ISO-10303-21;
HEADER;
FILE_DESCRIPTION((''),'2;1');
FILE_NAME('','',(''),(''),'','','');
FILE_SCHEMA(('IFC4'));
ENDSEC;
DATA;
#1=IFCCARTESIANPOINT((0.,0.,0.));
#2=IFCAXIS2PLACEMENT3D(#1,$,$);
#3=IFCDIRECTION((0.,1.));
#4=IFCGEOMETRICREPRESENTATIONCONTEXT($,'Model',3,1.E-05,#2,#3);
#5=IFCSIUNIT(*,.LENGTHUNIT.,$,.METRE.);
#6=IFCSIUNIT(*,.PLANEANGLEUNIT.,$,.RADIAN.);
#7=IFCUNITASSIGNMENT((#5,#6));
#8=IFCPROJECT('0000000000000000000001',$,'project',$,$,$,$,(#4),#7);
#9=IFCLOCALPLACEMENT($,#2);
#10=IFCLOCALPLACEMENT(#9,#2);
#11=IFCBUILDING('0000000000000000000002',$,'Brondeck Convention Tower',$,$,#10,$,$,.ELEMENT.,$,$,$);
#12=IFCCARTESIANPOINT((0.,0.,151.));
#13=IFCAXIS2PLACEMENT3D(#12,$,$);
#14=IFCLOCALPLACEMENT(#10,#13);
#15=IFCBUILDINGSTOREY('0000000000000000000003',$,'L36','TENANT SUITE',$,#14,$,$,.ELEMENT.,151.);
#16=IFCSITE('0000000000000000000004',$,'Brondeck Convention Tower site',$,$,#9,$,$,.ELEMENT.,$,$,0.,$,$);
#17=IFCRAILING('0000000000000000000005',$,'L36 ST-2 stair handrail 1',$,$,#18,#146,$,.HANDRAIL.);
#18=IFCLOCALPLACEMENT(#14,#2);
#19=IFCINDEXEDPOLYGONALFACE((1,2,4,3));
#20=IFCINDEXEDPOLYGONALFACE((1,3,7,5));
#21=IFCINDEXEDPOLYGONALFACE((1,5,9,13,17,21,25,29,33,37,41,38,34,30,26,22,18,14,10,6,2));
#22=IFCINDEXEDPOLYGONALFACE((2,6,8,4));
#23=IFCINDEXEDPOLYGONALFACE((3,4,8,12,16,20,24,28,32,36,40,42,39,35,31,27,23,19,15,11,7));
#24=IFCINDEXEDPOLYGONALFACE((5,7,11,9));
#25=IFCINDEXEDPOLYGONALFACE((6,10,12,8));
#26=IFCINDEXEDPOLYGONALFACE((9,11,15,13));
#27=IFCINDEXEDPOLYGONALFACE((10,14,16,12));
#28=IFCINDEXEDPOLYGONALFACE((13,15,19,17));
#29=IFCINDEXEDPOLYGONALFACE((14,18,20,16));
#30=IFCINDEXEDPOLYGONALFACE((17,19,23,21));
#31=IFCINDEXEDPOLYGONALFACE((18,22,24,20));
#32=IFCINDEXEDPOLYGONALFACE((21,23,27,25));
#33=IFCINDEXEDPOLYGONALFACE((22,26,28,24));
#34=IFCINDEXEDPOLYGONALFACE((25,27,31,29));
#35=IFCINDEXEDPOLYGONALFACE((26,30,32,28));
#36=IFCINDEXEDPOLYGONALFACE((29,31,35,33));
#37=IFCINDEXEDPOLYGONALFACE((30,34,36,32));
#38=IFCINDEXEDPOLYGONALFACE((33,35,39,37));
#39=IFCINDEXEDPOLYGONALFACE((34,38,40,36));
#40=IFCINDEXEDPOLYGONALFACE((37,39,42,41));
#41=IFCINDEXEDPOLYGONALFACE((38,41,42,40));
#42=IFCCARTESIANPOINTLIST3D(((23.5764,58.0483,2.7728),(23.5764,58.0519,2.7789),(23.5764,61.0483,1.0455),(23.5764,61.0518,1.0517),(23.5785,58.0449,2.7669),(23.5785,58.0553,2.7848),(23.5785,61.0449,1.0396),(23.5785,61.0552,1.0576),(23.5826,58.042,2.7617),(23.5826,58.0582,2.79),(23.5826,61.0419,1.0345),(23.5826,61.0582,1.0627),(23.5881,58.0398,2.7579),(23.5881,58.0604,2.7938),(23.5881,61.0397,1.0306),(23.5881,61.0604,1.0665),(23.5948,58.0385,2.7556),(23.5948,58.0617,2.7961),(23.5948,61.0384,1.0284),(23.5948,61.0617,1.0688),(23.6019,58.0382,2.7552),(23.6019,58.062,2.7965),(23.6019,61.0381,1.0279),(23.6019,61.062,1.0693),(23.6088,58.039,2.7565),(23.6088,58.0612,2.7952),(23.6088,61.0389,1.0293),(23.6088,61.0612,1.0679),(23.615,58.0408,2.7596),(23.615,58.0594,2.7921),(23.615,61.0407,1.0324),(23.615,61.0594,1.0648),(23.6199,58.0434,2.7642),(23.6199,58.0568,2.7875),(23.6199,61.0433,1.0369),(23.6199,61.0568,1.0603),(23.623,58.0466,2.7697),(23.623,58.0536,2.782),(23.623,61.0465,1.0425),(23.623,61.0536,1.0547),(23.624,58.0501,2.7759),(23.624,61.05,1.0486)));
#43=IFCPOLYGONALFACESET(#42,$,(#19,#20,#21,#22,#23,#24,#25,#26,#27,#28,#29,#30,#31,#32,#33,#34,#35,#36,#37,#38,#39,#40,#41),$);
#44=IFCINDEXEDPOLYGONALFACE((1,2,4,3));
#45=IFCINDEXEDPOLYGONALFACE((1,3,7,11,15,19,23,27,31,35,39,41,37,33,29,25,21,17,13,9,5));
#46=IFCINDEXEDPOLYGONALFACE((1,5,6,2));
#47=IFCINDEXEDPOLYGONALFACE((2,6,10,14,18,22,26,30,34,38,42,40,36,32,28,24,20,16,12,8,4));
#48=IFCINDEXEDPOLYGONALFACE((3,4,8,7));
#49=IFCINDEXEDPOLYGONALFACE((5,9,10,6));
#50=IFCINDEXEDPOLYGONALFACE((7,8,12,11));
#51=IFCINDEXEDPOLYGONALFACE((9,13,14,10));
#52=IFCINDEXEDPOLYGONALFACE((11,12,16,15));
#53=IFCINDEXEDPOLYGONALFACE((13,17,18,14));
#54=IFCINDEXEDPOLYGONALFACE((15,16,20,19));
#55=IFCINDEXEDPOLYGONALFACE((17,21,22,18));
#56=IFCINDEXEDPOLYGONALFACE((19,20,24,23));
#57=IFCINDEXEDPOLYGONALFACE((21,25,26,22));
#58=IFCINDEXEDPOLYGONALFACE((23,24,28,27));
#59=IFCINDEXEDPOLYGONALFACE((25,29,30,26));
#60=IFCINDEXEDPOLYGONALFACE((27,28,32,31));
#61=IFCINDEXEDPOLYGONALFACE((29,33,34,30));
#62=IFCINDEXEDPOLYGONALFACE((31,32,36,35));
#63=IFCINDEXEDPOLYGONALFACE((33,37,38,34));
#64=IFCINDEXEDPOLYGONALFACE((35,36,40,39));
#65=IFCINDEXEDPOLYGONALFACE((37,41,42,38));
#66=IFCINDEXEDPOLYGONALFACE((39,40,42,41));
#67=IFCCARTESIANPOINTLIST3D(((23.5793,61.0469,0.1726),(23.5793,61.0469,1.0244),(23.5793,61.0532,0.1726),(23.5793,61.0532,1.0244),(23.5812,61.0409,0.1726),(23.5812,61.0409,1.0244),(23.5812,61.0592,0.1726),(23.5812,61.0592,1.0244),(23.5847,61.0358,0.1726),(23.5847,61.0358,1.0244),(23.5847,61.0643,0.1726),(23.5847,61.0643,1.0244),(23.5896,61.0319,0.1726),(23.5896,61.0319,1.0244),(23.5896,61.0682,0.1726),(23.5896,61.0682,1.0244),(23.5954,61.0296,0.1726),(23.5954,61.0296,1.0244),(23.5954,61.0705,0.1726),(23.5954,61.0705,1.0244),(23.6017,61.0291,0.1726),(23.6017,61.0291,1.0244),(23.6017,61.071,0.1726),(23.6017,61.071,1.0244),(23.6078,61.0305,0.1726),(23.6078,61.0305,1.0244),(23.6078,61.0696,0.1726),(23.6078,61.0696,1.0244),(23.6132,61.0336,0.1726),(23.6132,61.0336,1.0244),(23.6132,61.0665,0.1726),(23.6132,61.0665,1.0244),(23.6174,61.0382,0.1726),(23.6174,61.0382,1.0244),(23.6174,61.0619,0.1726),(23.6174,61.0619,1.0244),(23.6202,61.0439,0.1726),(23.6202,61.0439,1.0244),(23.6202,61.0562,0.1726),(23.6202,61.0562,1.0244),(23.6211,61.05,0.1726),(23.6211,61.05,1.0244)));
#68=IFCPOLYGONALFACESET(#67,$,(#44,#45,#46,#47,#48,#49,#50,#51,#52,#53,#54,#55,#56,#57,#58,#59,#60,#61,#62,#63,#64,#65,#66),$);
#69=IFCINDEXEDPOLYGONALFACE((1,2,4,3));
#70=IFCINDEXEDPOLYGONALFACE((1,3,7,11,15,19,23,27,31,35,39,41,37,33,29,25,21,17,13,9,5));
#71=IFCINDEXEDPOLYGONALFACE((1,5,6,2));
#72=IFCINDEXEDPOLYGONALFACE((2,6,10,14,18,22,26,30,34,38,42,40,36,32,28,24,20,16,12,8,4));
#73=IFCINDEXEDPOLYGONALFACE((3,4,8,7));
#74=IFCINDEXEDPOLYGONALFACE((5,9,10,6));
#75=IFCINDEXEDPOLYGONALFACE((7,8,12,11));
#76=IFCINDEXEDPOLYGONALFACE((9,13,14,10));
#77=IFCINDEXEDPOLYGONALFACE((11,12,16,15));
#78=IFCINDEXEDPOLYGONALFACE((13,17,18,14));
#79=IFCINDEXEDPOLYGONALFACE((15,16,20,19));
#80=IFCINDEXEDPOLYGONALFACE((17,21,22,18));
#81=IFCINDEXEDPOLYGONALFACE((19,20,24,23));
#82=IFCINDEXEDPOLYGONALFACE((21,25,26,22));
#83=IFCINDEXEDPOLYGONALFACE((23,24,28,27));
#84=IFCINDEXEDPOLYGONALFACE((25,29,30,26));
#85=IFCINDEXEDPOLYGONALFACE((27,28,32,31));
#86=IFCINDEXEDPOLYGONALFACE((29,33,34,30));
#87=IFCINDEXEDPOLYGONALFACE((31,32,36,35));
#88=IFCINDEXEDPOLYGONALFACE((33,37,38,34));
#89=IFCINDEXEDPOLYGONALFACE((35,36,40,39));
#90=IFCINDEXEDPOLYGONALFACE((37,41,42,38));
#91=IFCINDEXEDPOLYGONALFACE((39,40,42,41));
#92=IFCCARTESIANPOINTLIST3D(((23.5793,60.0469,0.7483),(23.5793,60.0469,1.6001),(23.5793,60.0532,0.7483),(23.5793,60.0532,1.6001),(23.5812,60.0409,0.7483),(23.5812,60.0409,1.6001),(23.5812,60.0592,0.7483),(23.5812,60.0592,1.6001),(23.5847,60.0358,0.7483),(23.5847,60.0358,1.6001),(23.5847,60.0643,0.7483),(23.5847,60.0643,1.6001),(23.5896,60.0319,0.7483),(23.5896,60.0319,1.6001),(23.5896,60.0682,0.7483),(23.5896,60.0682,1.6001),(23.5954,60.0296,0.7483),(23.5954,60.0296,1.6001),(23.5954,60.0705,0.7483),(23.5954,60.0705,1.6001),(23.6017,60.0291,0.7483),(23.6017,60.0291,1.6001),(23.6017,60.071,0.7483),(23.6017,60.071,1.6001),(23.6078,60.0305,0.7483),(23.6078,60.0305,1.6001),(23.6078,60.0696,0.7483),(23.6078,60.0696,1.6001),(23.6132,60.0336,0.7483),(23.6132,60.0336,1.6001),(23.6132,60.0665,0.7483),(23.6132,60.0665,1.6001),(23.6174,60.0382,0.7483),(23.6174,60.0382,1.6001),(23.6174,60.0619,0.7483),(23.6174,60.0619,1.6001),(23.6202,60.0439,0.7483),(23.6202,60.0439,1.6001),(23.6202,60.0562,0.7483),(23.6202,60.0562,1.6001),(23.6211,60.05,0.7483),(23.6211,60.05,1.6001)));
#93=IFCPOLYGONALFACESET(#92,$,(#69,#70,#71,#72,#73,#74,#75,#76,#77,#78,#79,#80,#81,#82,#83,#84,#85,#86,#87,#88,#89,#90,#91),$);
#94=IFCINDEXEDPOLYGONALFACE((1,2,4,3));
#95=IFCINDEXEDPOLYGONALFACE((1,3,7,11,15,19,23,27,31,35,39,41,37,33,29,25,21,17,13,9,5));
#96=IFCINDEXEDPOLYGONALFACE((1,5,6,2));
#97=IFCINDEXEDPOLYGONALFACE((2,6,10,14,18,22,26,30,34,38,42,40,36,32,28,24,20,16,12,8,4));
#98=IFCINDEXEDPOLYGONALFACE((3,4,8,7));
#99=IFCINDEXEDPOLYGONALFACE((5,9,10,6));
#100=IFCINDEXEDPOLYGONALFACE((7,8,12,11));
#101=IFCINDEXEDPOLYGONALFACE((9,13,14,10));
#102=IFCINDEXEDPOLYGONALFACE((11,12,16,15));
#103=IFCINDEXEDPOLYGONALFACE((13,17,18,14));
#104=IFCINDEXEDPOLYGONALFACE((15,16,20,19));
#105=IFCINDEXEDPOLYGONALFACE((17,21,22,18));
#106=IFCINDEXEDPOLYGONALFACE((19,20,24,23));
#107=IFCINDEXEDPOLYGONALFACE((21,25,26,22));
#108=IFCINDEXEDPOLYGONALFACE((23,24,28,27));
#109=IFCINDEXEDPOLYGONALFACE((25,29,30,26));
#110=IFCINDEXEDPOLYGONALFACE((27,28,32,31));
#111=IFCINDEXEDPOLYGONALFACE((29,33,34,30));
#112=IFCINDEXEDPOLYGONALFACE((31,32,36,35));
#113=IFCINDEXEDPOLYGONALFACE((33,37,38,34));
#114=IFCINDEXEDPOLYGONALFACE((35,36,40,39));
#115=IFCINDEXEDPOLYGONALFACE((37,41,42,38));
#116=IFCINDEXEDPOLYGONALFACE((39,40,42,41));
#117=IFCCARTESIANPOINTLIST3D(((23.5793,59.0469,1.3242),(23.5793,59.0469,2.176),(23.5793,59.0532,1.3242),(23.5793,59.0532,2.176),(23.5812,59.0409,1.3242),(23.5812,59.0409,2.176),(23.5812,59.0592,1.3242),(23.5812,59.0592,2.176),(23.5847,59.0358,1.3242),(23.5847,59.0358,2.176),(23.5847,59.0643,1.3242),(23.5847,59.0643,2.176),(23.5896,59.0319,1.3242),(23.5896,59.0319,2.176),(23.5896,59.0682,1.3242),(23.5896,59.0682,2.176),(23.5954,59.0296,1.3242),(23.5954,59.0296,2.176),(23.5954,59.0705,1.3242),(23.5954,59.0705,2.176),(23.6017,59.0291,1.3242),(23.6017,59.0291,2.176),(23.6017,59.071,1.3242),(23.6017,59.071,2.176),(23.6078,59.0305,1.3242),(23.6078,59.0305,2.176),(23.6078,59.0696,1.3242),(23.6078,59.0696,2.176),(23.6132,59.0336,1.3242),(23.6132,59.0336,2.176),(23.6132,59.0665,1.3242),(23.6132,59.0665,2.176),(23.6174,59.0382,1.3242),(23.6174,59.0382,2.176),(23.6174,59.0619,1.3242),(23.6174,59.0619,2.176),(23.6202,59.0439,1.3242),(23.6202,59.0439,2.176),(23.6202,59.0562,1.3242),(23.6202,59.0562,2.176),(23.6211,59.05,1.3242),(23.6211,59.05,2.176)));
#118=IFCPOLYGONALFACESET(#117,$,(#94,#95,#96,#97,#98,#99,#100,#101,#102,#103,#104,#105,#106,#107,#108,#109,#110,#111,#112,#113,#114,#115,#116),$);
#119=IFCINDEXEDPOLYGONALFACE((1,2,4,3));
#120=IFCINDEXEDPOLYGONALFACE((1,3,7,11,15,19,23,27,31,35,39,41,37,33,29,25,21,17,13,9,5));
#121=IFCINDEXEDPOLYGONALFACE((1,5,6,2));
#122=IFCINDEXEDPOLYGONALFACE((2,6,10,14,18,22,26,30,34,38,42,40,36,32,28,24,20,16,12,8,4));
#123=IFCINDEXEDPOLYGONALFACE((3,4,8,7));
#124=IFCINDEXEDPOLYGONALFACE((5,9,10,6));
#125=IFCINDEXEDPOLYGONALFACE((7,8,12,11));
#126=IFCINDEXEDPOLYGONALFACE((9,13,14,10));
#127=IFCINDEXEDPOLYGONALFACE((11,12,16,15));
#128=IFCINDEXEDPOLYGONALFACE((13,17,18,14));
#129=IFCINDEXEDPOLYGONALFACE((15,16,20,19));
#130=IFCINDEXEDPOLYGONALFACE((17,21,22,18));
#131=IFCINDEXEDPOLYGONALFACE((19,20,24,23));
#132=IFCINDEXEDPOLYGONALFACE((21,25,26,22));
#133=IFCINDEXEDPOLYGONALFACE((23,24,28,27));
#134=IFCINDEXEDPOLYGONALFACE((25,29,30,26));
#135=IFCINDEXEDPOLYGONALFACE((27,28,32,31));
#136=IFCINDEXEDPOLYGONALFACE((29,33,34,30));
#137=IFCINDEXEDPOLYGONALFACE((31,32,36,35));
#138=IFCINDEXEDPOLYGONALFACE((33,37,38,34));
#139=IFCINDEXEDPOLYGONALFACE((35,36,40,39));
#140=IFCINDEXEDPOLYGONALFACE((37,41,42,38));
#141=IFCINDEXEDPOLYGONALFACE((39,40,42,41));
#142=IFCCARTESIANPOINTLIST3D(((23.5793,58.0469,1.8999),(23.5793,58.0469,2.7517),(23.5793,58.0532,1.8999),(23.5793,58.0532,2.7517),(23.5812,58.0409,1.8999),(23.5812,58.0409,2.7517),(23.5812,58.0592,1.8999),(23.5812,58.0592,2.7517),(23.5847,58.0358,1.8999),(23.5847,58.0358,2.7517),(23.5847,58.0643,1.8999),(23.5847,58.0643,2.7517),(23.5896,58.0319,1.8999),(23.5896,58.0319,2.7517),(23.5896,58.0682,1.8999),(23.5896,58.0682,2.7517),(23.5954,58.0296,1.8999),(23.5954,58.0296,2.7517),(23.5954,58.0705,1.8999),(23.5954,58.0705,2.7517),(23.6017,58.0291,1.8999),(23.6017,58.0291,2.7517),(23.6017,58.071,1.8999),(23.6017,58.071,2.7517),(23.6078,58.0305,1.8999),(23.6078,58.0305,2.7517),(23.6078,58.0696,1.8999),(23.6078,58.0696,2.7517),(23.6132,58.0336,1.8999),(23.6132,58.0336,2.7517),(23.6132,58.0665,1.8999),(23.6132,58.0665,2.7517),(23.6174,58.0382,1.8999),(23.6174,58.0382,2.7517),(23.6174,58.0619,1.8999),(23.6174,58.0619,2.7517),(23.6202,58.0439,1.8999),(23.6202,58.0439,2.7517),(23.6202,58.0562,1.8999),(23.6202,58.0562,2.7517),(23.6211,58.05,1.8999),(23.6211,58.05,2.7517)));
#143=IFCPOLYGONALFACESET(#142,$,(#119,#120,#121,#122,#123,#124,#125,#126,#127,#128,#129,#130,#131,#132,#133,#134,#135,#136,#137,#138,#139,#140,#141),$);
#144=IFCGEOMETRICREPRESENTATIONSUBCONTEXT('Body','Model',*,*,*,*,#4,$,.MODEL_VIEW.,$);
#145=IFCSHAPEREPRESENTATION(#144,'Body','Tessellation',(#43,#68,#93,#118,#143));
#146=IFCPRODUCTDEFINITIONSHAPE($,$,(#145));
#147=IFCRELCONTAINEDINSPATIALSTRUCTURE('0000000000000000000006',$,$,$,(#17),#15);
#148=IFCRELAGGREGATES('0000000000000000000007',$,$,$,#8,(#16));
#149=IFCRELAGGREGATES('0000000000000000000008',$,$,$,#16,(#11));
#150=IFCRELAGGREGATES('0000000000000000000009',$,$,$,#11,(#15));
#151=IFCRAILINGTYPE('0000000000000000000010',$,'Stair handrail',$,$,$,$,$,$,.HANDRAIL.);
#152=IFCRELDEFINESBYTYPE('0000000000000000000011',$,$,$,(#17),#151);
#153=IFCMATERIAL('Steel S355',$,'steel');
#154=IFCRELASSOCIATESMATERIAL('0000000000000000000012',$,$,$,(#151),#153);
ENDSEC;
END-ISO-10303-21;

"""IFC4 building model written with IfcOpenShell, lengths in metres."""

from ifc_helpers import new_model, si_unit, direction, frame, origin, origin_2d, place, context, subcontext, project, spatial, circle, extrude, material, type_object, element, save


model = new_model("IFC4")

# Units and contexts
model_context = context("Model", 3, precision=1e-05, world=origin(), true_north=direction((0.0, 1.0)))
body_context = subcontext(model_context, "Body", "Model", "MODEL_VIEW")
ifc_project = project(units=[si_unit("LENGTHUNIT", "METRE"), si_unit("PLANEANGLEUNIT", "RADIAN")], contexts=[model_context])

# Site, building, storey
site_placement = place(None, origin())
site = spatial("IfcSite", under=ifc_project, at=site_placement, Name="Brondeck Convention Tower site", CompositionType="ELEMENT", RefElevation=0.0)
building_placement = place(site_placement, origin())
building = spatial("IfcBuilding", under=site, at=building_placement, Name="Brondeck Convention Tower", CompositionType="ELEMENT")
storey_placement = place(building_placement, frame((0.0, 0.0, 151.0)))
storey = spatial("IfcBuildingStorey", under=building, at=storey_placement, Name="L36", Description="TENANT SUITE", CompositionType="ELEMENT", Elevation=151.0)

# Railing
ifc_material_1 = material(Name="Steel S355", Category="steel")
railing_type_1 = type_object("IfcRailingType", Name="Stair handrail", PredefinedType="HANDRAIL", material=ifc_material_1)
railing_1_placement = place(storey_placement, frame((23.6001, 61.05, 0.1726)))
element("IfcRailing", 1, at=railing_1_placement, inside=storey, type_object=railing_type_1, Name="L36 ST-2 stair handrail 1", PredefinedType="HANDRAIL", context=body_context, shape_type="SweptSolid", body=[
    extrude(circle(Radius=0.0239, at=origin_2d()), frame((0.0, 0.0, 0.876), z_axis=(0.0, -0.86662, 0.498969), x_axis=(1.0, 0.0, 0.0)), (0.0, 0.0, 1.0), 3.4617),
    extrude(circle(Radius=0.021, at=origin_2d()), origin(), (0.0, 0.0, 1.0), 0.8518),
    extrude(circle(Radius=0.021, at=origin_2d()), frame((0.0, -1.0, 0.5757)), (0.0, 0.0, 1.0), 0.8518),
    extrude(circle(Radius=0.021, at=origin_2d()), frame((0.0, -2.0, 1.1516)), (0.0, 0.0, 1.0), 0.8518),
    extrude(circle(Radius=0.021, at=origin_2d()), frame((0.0, -3.0, 1.7273)), (0.0, 0.0, 1.0), 0.8518),
])

save(model, "model.ifc")
